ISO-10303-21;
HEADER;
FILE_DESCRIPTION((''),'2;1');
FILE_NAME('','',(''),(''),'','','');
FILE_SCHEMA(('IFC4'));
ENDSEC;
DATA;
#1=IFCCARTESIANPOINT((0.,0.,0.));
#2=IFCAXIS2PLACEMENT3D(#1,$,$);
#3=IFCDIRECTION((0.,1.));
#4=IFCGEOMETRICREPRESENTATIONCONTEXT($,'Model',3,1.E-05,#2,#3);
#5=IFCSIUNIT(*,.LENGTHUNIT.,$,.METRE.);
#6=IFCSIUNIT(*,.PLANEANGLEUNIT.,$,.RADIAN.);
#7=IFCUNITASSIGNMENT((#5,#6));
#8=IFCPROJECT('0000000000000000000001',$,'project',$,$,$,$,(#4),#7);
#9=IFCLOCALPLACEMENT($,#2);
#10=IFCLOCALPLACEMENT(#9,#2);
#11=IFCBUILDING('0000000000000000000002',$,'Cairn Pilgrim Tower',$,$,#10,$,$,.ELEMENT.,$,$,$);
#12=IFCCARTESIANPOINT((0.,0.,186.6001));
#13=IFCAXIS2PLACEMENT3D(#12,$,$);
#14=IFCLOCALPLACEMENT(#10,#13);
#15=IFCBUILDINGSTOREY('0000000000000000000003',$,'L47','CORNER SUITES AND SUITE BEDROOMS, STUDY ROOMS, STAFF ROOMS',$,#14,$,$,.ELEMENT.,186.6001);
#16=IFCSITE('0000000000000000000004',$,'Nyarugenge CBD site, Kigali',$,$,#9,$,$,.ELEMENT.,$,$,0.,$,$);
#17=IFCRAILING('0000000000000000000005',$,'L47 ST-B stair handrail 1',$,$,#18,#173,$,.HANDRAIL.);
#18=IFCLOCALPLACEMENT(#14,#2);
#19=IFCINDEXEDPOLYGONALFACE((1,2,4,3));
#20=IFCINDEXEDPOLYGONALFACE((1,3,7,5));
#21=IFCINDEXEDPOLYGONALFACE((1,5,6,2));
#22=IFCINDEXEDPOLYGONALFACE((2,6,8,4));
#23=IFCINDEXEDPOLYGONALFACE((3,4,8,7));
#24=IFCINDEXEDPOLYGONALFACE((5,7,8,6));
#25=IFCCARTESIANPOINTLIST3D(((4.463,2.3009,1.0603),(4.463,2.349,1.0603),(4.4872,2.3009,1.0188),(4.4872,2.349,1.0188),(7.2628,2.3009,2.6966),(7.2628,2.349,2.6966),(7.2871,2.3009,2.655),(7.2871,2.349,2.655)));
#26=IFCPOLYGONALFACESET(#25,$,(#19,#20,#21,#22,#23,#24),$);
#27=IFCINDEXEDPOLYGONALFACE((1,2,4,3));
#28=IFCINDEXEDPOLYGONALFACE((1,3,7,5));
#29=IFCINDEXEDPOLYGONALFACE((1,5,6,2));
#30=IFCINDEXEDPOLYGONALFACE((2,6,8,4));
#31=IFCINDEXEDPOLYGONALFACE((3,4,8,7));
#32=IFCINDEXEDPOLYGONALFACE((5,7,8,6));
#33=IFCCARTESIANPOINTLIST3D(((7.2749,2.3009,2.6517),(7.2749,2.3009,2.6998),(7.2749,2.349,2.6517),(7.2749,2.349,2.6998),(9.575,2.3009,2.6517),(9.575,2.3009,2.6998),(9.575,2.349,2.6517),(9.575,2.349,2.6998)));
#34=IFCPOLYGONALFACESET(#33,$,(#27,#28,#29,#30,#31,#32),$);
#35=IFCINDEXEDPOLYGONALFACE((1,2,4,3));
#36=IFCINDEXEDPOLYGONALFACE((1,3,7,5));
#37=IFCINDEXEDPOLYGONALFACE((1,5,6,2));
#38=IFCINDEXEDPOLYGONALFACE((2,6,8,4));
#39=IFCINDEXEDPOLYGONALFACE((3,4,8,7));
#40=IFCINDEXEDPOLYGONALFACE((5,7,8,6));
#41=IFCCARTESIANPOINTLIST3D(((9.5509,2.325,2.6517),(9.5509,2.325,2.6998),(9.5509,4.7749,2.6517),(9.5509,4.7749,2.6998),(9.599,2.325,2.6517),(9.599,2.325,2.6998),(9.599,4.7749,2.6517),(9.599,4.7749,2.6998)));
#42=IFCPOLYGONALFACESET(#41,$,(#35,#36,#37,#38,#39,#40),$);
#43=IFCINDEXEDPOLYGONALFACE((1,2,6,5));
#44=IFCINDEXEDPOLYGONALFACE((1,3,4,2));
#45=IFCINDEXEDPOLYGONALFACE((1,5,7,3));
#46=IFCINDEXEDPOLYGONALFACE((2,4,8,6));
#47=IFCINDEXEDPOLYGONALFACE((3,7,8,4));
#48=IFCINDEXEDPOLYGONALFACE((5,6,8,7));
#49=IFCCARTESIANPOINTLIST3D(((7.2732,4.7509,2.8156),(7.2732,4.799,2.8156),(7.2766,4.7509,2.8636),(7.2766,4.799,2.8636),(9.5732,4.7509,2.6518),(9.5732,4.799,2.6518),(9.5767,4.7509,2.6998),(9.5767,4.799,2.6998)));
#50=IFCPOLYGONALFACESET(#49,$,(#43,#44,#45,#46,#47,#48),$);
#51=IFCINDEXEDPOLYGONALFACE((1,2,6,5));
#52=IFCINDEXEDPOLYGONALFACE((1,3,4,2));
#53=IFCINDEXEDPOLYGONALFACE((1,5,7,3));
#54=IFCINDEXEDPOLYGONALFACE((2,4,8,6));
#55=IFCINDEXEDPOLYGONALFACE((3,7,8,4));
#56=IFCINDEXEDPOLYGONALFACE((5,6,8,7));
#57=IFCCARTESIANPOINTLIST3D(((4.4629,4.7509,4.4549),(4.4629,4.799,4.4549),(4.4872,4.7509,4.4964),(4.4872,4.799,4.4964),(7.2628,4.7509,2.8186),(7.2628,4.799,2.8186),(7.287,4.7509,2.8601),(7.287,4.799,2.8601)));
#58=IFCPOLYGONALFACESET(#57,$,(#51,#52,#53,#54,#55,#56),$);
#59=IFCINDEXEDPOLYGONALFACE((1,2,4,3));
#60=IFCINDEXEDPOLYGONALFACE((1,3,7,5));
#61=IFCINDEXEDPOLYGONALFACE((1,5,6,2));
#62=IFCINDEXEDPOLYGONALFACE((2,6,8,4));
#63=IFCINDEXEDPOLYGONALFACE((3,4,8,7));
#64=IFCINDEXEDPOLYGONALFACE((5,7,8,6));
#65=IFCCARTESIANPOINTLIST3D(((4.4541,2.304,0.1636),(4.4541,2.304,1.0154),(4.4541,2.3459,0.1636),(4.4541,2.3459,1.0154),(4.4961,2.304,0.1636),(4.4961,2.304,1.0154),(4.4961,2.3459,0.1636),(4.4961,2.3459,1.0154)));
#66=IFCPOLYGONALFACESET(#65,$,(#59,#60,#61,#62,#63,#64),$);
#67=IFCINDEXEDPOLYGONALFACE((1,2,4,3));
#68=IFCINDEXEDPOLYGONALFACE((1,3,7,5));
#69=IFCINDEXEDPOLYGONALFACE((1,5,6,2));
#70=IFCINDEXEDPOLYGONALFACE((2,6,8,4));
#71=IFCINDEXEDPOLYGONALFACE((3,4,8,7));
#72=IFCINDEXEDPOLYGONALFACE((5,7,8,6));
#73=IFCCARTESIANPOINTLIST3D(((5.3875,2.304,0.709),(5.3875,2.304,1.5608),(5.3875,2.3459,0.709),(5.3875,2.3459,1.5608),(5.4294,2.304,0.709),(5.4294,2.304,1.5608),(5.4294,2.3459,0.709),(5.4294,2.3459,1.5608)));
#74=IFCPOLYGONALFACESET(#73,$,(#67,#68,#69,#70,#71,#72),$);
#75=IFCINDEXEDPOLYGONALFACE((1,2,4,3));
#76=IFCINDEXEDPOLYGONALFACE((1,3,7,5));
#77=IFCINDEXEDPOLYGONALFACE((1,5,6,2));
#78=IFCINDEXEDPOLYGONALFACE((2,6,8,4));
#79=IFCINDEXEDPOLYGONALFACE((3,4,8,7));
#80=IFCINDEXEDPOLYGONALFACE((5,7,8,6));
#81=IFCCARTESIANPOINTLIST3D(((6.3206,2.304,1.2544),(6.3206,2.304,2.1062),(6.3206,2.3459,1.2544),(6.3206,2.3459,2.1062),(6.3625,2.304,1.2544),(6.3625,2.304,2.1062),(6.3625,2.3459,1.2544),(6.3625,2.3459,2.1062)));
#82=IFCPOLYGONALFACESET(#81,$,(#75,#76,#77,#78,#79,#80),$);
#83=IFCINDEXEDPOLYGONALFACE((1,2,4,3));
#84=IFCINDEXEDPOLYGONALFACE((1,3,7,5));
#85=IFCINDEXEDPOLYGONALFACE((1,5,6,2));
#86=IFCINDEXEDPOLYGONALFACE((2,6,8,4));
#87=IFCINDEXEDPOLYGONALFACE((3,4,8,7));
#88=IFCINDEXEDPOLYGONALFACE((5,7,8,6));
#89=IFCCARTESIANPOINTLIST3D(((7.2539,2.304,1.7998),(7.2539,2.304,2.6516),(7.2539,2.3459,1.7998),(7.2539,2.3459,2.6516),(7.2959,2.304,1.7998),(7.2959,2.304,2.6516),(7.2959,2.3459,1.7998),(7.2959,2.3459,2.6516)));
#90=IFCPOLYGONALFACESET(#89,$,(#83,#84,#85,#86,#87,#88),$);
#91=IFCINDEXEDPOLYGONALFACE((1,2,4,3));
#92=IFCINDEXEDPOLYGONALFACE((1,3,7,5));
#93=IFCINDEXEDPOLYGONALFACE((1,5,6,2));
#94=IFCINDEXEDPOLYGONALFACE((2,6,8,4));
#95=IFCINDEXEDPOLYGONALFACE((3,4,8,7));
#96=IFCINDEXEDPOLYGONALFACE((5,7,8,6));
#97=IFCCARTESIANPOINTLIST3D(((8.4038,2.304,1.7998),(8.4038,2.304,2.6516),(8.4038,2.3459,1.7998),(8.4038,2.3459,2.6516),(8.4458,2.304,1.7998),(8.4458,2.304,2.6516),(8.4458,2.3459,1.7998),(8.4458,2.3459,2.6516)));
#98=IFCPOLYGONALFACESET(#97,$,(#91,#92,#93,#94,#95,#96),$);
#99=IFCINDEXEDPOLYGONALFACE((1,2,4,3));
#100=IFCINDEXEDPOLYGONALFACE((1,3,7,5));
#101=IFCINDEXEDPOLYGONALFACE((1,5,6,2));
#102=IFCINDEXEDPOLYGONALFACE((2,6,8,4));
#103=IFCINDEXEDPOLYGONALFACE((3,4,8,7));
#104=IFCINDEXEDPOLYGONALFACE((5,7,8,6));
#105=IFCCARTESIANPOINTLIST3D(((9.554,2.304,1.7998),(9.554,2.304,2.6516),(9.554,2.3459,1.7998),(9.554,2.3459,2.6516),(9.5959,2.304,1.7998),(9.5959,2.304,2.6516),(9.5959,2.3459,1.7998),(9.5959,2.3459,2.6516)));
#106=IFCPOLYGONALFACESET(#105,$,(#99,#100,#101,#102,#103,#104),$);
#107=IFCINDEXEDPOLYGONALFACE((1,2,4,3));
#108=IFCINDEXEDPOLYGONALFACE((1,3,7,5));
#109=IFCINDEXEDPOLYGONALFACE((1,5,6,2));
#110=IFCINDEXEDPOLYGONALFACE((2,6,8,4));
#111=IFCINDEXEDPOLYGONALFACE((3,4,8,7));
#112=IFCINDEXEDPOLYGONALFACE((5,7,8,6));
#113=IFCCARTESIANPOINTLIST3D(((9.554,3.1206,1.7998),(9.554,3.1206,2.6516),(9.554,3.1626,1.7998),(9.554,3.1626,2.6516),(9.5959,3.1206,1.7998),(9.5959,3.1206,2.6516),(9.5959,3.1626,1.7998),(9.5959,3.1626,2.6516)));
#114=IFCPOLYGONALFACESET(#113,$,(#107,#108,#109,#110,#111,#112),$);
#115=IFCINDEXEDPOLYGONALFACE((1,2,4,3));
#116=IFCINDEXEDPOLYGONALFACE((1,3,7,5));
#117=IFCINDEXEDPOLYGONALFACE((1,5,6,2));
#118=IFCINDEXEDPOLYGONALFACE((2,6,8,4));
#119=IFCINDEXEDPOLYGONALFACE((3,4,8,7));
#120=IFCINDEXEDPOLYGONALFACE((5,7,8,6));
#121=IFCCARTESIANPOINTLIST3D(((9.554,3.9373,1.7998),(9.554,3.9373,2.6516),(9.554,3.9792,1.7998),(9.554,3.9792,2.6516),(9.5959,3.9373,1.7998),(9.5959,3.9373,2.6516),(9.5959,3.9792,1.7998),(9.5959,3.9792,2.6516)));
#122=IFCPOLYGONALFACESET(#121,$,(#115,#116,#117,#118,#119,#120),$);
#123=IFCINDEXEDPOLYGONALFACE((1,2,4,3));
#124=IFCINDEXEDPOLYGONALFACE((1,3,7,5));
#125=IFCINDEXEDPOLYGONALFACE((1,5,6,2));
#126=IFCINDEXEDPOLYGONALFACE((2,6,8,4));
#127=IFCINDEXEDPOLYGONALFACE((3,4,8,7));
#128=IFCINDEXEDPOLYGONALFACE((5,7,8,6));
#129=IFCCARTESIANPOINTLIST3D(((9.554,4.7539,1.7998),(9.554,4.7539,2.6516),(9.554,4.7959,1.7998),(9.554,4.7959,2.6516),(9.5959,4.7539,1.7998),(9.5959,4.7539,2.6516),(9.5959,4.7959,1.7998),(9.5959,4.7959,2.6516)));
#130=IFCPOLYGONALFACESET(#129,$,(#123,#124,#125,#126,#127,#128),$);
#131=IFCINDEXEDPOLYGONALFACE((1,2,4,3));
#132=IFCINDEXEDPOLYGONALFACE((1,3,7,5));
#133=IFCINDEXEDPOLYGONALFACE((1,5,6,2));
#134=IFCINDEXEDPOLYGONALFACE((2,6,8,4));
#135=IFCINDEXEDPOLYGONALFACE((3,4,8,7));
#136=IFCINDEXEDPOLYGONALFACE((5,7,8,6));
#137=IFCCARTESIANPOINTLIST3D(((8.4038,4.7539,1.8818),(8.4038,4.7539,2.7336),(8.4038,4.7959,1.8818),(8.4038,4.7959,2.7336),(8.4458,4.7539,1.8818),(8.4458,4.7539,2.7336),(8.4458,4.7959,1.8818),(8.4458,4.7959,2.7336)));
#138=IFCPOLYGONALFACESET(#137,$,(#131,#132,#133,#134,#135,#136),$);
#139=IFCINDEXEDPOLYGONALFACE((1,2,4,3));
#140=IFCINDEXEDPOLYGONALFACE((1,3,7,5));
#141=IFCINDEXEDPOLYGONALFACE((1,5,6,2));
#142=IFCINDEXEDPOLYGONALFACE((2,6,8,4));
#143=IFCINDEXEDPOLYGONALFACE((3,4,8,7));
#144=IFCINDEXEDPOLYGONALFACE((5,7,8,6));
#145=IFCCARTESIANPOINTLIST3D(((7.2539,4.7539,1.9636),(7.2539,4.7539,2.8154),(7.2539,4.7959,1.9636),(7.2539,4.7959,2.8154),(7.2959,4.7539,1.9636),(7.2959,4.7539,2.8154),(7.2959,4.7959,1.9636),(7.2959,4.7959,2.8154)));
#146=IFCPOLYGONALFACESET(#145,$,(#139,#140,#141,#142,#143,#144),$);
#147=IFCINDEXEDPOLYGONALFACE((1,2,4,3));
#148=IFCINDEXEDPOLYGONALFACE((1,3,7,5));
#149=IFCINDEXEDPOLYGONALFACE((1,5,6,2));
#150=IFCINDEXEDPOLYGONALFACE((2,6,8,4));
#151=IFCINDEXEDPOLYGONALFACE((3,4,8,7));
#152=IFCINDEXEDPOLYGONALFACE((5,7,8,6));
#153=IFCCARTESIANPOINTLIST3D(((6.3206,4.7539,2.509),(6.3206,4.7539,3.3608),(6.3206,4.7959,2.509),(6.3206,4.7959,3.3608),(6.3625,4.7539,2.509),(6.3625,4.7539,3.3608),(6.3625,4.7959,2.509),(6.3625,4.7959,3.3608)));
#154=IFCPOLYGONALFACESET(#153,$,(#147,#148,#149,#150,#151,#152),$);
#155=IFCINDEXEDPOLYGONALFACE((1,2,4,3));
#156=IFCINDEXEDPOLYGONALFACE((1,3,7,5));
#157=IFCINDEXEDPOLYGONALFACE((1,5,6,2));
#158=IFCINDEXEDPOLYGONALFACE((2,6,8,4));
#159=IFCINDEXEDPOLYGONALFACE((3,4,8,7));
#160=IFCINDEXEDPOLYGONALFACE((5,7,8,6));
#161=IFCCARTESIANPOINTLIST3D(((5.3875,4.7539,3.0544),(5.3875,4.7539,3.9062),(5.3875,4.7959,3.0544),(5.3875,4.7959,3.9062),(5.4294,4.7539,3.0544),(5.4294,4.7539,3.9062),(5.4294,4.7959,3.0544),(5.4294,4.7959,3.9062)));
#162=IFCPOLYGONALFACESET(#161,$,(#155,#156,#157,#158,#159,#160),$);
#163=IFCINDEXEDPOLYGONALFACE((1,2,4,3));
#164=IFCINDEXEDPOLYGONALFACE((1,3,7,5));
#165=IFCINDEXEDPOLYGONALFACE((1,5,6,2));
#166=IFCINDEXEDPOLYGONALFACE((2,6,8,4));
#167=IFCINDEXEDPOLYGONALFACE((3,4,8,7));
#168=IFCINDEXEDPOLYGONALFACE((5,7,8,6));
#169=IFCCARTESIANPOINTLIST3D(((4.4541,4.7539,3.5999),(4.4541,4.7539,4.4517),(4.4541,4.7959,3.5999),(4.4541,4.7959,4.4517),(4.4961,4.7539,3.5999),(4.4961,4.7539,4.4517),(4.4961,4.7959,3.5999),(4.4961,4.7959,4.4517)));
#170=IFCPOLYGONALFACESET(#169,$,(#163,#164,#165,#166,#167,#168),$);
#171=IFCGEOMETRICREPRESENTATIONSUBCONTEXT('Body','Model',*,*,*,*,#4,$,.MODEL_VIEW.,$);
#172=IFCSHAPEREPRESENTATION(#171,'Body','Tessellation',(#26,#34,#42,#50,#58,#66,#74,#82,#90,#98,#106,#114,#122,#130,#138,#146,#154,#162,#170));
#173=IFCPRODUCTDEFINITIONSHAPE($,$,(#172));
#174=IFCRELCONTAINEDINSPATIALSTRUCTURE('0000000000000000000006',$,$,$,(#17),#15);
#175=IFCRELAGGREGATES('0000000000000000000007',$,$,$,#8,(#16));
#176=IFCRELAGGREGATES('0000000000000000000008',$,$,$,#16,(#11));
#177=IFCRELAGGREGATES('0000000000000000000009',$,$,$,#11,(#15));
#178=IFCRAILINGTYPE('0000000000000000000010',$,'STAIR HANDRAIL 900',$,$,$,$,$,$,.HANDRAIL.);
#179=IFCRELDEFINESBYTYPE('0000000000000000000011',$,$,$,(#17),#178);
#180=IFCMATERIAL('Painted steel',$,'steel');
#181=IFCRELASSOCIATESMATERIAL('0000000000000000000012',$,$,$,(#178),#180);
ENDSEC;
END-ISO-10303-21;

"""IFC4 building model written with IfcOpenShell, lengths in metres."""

from ifc_helpers import new_model, si_unit, direction, frame, origin, origin_2d, place, context, subcontext, project, spatial, rectangle, extrude, material, type_object, element, save


model = new_model("IFC4")

# Units and contexts
model_context = context("Model", 3, precision=1e-05, world=origin(), true_north=direction((0.0, 1.0)))
body_context = subcontext(model_context, "Body", "Model", "MODEL_VIEW")
ifc_project = project(units=[si_unit("LENGTHUNIT", "METRE"), si_unit("PLANEANGLEUNIT", "RADIAN")], contexts=[model_context])

# Site, building, storey
site_placement = place(None, origin())
site = spatial("IfcSite", under=ifc_project, at=site_placement, Name="Nyarugenge CBD site, Kigali", CompositionType="ELEMENT", RefElevation=0.0)
building_placement = place(site_placement, origin())
building = spatial("IfcBuilding", under=site, at=building_placement, Name="Cairn Pilgrim Tower", CompositionType="ELEMENT")
storey_placement = place(building_placement, frame((0.0, 0.0, 186.6001)))
storey = spatial("IfcBuildingStorey", under=building, at=storey_placement, Name="L47", Description="CORNER SUITES AND SUITE BEDROOMS, STUDY ROOMS, STAFF ROOMS", CompositionType="ELEMENT", Elevation=186.6001)

# Shared definitions
ifc_material_1 = material(Name="Painted steel", Category="steel")

# Railing
railing_type = type_object("IfcRailingType", Name="STAIR HANDRAIL 900", PredefinedType="HANDRAIL", material=ifc_material_1)
railing_placement = place(storey_placement, frame((4.4751, 2.325, 0.1636)))
element("IfcRailing", 1, at=railing_placement, inside=storey, type_object=railing_type, Name="L47 ST-B stair handrail 1", PredefinedType="HANDRAIL", context=body_context, shape_type="SweptSolid", body=[
    extrude(rectangle(XDim=0.0481, YDim=0.0481, at=origin_2d()), frame((0.0, 0.0, 0.876), z_axis=(0.863374, 0.0, 0.504564), x_axis=(0.0, 1.0, 0.0)), (0.0, 0.0, 1.0), 3.2429),
    extrude(rectangle(XDim=0.0481, YDim=0.0481, at=origin_2d()), frame((2.7998, 0.0, 2.5122), z_axis=(1.0, 0.0, 0.0), x_axis=(0.0, 1.0, 0.0)), (0.0, 0.0, 1.0), 2.3),
    extrude(rectangle(XDim=0.0481, YDim=0.0481, at=origin_2d()), frame((5.0999, 0.0, 2.5122), z_axis=(0.0, 1.0, 0.0), x_axis=(-1.0, 0.0, 0.0)), (0.0, 0.0, 1.0), 2.45),
    extrude(rectangle(XDim=0.0481, YDim=0.0481, at=origin_2d()), frame((5.0999, 2.45, 2.5122), z_axis=(-0.997473, 0.0, 0.071044), x_axis=(0.0, -1.0, 0.0)), (0.0, 0.0, 1.0), 2.3059),
    extrude(rectangle(XDim=0.0481, YDim=0.0481, at=origin_2d()), frame((2.7998, 2.45, 2.6758), z_axis=(-0.863374, 0.0, 0.504564), x_axis=(0.0, -1.0, 0.0)), (0.0, 0.0, 1.0), 3.2429),
    extrude(rectangle(XDim=0.042, YDim=0.042, at=origin_2d()), origin(), (0.0, 0.0, 1.0), 0.8518),
    extrude(rectangle(XDim=0.042, YDim=0.042, at=origin_2d()), frame((0.9333, 0.0, 0.5454)), (0.0, 0.0, 1.0), 0.8518),
    extrude(rectangle(XDim=0.042, YDim=0.042, at=origin_2d()), frame((1.8665, 0.0, 1.0908)), (0.0, 0.0, 1.0), 0.8518),
    extrude(rectangle(XDim=0.042, YDim=0.042, at=origin_2d()), frame((2.7998, 0.0, 1.6362)), (0.0, 0.0, 1.0), 0.8518),
    extrude(rectangle(XDim=0.042, YDim=0.042, at=origin_2d()), frame((3.9497, 0.0, 1.6362)), (0.0, 0.0, 1.0), 0.8518),
    extrude(rectangle(XDim=0.042, YDim=0.042, at=origin_2d()), frame((5.0999, 0.0, 1.6362)), (0.0, 0.0, 1.0), 0.8518),
    extrude(rectangle(XDim=0.042, YDim=0.042, at=origin_2d()), frame((5.0999, 0.8167, 1.6362)), (0.0, 0.0, 1.0), 0.8518),
    extrude(rectangle(XDim=0.042, YDim=0.042, at=origin_2d()), frame((5.0999, 1.6333, 1.6362)), (0.0, 0.0, 1.0), 0.8518),
    extrude(rectangle(XDim=0.042, YDim=0.042, at=origin_2d()), frame((5.0999, 2.45, 1.6362)), (0.0, 0.0, 1.0), 0.8518),
    extrude(rectangle(XDim=0.042, YDim=0.042, at=origin_2d()), frame((3.9497, 2.45, 1.7183)), (0.0, 0.0, 1.0), 0.8518),
    extrude(rectangle(XDim=0.042, YDim=0.042, at=origin_2d()), frame((2.7998, 2.45, 1.8)), (0.0, 0.0, 1.0), 0.8518),
    extrude(rectangle(XDim=0.042, YDim=0.042, at=origin_2d()), frame((1.8665, 2.45, 2.3455)), (0.0, 0.0, 1.0), 0.8518),
    extrude(rectangle(XDim=0.042, YDim=0.042, at=origin_2d()), frame((0.9333, 2.45, 2.8909)), (0.0, 0.0, 1.0), 0.8518),
    extrude(rectangle(XDim=0.042, YDim=0.042, at=origin_2d()), frame((0.0, 2.45, 3.4363)), (0.0, 0.0, 1.0), 0.8518),
])

save(model, "model.ifc")
